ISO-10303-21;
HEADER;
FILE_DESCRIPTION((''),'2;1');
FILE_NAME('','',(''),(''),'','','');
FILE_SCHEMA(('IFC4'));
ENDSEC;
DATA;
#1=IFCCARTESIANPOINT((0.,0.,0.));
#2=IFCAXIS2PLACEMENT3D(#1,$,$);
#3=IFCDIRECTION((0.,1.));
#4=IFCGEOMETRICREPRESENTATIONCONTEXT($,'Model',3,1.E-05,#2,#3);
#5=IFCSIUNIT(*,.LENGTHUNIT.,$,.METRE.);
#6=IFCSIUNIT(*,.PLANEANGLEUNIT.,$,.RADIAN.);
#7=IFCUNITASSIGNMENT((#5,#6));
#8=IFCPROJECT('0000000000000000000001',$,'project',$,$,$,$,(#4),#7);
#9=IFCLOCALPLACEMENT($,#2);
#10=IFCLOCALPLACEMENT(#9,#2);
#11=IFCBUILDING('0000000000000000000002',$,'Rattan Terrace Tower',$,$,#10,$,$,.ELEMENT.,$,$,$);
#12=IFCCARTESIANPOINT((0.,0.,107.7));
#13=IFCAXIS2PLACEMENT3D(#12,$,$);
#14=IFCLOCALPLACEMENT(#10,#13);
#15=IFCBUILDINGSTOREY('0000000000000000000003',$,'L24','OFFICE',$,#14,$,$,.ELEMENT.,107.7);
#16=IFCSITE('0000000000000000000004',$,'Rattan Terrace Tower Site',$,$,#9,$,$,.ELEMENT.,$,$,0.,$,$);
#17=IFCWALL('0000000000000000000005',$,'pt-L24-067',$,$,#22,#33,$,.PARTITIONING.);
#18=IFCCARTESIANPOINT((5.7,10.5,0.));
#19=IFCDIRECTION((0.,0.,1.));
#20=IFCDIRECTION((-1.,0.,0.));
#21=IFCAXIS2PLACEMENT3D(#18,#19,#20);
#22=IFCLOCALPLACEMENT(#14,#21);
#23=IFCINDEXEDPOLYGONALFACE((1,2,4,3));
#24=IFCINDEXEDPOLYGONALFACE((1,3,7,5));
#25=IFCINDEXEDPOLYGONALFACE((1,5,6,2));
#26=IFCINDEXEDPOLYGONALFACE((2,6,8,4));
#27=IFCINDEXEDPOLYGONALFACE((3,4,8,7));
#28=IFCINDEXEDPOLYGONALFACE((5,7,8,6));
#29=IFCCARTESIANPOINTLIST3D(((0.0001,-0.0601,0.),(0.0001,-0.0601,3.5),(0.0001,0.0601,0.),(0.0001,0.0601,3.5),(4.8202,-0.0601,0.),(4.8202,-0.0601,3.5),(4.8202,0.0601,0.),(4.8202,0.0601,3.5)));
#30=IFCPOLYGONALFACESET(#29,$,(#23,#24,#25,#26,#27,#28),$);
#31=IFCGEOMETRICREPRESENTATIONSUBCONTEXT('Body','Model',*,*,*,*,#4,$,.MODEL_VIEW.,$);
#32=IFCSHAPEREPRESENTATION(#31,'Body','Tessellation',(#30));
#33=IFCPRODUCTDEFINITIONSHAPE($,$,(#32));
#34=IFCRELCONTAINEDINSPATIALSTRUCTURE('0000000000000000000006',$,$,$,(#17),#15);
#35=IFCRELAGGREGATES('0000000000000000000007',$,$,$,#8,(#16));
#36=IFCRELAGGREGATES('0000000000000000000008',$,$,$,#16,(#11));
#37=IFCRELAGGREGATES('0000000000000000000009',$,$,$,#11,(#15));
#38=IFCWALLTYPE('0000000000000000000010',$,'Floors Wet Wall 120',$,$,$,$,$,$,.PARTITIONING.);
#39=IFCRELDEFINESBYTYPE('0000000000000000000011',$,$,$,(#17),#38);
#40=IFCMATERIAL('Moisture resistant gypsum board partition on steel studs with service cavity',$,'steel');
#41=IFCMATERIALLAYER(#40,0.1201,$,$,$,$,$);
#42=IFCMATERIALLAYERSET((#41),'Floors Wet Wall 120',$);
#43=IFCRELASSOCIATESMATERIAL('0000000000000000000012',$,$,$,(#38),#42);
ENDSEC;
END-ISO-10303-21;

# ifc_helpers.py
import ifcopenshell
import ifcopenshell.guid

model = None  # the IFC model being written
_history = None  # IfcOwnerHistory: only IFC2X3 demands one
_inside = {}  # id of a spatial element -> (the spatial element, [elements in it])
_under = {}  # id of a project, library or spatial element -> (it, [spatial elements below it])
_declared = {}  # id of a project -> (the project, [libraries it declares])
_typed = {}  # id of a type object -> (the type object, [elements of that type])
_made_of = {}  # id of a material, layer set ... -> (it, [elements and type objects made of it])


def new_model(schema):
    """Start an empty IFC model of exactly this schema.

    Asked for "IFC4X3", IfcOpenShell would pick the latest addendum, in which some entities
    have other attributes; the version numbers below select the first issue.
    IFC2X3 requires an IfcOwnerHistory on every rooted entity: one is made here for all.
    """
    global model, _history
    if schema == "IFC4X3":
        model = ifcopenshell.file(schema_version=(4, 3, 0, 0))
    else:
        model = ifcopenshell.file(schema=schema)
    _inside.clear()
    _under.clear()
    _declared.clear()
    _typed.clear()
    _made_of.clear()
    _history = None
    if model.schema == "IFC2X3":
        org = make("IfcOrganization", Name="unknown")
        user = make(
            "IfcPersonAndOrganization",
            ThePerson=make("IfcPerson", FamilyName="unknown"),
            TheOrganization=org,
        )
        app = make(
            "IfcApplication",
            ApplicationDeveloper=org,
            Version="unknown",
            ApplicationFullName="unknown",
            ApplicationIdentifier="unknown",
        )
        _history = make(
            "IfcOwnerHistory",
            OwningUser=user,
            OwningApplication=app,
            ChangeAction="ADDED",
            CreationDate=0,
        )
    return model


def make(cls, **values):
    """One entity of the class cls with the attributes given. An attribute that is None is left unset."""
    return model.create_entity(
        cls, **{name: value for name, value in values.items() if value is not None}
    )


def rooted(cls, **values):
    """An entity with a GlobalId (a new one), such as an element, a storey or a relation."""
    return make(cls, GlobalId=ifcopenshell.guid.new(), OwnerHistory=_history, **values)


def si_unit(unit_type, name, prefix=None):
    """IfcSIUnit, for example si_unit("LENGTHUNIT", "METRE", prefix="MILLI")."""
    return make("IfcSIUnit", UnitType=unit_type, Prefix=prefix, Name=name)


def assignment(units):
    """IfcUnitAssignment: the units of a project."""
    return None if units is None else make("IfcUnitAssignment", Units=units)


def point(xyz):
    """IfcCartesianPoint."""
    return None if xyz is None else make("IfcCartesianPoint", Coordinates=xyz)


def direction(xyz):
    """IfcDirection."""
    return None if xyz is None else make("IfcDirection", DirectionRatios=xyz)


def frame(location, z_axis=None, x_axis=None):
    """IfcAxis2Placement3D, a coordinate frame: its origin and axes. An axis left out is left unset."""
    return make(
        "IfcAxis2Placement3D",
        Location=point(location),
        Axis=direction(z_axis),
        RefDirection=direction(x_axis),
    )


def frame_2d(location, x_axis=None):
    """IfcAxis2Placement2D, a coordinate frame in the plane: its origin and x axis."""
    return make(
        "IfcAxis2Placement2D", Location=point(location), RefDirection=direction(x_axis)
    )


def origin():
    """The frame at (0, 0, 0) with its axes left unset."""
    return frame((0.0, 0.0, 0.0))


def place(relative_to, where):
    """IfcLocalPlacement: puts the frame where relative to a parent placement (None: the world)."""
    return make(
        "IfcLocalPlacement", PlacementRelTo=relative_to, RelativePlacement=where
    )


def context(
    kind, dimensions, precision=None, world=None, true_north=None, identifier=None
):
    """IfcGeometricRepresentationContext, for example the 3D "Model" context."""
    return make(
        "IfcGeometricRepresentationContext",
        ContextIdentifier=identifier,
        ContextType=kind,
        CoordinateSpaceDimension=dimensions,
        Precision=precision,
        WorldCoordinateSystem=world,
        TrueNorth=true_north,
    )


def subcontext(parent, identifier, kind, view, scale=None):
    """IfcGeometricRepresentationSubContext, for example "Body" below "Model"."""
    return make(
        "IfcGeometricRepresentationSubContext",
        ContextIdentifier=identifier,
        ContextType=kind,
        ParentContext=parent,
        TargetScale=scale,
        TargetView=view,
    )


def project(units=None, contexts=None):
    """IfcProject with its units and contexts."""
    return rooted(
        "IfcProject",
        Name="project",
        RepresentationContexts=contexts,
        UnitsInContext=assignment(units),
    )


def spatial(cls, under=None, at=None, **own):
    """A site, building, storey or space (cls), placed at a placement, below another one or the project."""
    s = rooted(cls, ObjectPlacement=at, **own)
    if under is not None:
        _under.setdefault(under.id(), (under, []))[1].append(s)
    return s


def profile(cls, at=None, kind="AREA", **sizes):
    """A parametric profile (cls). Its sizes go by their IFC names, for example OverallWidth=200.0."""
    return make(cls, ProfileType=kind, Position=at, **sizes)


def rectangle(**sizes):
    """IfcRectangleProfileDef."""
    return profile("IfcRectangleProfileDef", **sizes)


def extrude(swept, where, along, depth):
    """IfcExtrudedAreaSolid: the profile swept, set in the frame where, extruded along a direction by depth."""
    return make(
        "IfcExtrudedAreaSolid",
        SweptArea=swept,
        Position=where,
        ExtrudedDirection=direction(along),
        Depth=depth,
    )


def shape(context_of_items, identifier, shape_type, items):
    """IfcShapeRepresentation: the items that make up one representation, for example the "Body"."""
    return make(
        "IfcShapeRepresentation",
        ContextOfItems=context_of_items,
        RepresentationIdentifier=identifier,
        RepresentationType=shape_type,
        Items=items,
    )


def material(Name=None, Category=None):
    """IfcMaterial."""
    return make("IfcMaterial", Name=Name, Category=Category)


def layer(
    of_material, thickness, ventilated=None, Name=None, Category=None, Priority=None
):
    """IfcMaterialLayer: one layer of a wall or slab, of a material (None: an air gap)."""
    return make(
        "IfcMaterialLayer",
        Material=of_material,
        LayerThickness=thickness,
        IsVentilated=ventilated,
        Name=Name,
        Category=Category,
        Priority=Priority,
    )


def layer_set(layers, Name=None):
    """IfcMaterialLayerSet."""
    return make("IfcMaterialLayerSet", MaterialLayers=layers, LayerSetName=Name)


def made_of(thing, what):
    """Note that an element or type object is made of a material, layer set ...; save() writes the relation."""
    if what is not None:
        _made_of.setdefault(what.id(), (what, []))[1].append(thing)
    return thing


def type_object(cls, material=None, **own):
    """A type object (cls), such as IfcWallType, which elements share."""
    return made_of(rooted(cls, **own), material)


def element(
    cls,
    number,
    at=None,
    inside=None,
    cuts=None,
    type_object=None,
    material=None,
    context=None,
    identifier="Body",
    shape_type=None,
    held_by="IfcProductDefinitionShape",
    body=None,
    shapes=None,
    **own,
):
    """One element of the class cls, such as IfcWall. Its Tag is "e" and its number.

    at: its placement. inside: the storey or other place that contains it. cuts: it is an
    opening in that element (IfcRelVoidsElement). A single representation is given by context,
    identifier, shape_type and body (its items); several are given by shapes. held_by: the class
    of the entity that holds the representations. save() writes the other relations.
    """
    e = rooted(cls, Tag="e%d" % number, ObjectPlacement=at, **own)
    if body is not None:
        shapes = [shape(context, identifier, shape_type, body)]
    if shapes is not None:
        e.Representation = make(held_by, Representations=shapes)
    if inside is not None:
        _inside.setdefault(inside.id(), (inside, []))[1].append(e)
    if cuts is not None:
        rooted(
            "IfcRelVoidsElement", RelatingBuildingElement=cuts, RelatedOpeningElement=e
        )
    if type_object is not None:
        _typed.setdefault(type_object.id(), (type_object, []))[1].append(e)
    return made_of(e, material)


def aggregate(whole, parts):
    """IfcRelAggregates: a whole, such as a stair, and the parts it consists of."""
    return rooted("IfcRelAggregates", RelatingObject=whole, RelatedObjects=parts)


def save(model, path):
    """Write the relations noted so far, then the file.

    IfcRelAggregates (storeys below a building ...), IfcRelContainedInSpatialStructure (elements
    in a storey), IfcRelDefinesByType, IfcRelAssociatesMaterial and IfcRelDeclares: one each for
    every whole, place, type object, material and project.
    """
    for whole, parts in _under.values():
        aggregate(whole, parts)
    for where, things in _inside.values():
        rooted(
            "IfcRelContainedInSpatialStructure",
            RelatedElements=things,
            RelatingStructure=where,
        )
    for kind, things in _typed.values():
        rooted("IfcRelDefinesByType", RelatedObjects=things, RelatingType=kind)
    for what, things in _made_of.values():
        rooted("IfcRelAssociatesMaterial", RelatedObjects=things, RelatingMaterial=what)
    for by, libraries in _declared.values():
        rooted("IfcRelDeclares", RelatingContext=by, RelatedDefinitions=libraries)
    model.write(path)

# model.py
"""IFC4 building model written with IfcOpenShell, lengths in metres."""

from ifc_helpers import new_model, si_unit, direction, frame, frame_2d, origin, place, context, subcontext, project, spatial, rectangle, extrude, material, layer, layer_set, type_object, element, save


model = new_model("IFC4")

# Units and contexts
model_context = context("Model", 3, precision=1e-05, world=origin(), true_north=direction((0.0, 1.0)))
body_context = subcontext(model_context, "Body", "Model", "MODEL_VIEW")
ifc_project = project(units=[si_unit("LENGTHUNIT", "METRE"), si_unit("PLANEANGLEUNIT", "RADIAN")], contexts=[model_context])

# Site, building, storey
site_placement = place(None, origin())
site = spatial("IfcSite", under=ifc_project, at=site_placement, Name="Rattan Terrace Tower Site", CompositionType="ELEMENT", RefElevation=0.0)
building_placement = place(site_placement, origin())
building = spatial("IfcBuilding", under=site, at=building_placement, Name="Rattan Terrace Tower", CompositionType="ELEMENT")
storey_placement = place(building_placement, frame((0.0, 0.0, 107.7)))
storey = spatial("IfcBuildingStorey", under=building, at=storey_placement, Name="L24", Description="OFFICE", CompositionType="ELEMENT", Elevation=107.7)

# Wall
ifc_material_1 = material(Name="Moisture resistant gypsum board partition on steel studs with service cavity", Category="steel")
ifc_layer_1 = layer(ifc_material_1, 0.1201)
ifc_layer_set_1 = layer_set([ifc_layer_1], Name="Floors Wet Wall 120")
wall_type = type_object("IfcWallType", Name="Floors Wet Wall 120", PredefinedType="PARTITIONING", material=ifc_layer_set_1)
wall_1_placement = place(storey_placement, frame((5.7, 10.5, 0.0), z_axis=(0.0, 0.0, 1.0), x_axis=(-1.0, 0.0, 0.0)))
element("IfcWall", 1, at=wall_1_placement, inside=storey, type_object=wall_type, Name="pt-L24-067", PredefinedType="PARTITIONING", context=body_context, shape_type="SweptSolid", body=[
    extrude(rectangle(XDim=4.8201, YDim=0.1201, at=frame_2d((2.4102, 0.0))), origin(), (0.0, 0.0, 1.0), 3.5),
])

save(model, "model.ifc")
